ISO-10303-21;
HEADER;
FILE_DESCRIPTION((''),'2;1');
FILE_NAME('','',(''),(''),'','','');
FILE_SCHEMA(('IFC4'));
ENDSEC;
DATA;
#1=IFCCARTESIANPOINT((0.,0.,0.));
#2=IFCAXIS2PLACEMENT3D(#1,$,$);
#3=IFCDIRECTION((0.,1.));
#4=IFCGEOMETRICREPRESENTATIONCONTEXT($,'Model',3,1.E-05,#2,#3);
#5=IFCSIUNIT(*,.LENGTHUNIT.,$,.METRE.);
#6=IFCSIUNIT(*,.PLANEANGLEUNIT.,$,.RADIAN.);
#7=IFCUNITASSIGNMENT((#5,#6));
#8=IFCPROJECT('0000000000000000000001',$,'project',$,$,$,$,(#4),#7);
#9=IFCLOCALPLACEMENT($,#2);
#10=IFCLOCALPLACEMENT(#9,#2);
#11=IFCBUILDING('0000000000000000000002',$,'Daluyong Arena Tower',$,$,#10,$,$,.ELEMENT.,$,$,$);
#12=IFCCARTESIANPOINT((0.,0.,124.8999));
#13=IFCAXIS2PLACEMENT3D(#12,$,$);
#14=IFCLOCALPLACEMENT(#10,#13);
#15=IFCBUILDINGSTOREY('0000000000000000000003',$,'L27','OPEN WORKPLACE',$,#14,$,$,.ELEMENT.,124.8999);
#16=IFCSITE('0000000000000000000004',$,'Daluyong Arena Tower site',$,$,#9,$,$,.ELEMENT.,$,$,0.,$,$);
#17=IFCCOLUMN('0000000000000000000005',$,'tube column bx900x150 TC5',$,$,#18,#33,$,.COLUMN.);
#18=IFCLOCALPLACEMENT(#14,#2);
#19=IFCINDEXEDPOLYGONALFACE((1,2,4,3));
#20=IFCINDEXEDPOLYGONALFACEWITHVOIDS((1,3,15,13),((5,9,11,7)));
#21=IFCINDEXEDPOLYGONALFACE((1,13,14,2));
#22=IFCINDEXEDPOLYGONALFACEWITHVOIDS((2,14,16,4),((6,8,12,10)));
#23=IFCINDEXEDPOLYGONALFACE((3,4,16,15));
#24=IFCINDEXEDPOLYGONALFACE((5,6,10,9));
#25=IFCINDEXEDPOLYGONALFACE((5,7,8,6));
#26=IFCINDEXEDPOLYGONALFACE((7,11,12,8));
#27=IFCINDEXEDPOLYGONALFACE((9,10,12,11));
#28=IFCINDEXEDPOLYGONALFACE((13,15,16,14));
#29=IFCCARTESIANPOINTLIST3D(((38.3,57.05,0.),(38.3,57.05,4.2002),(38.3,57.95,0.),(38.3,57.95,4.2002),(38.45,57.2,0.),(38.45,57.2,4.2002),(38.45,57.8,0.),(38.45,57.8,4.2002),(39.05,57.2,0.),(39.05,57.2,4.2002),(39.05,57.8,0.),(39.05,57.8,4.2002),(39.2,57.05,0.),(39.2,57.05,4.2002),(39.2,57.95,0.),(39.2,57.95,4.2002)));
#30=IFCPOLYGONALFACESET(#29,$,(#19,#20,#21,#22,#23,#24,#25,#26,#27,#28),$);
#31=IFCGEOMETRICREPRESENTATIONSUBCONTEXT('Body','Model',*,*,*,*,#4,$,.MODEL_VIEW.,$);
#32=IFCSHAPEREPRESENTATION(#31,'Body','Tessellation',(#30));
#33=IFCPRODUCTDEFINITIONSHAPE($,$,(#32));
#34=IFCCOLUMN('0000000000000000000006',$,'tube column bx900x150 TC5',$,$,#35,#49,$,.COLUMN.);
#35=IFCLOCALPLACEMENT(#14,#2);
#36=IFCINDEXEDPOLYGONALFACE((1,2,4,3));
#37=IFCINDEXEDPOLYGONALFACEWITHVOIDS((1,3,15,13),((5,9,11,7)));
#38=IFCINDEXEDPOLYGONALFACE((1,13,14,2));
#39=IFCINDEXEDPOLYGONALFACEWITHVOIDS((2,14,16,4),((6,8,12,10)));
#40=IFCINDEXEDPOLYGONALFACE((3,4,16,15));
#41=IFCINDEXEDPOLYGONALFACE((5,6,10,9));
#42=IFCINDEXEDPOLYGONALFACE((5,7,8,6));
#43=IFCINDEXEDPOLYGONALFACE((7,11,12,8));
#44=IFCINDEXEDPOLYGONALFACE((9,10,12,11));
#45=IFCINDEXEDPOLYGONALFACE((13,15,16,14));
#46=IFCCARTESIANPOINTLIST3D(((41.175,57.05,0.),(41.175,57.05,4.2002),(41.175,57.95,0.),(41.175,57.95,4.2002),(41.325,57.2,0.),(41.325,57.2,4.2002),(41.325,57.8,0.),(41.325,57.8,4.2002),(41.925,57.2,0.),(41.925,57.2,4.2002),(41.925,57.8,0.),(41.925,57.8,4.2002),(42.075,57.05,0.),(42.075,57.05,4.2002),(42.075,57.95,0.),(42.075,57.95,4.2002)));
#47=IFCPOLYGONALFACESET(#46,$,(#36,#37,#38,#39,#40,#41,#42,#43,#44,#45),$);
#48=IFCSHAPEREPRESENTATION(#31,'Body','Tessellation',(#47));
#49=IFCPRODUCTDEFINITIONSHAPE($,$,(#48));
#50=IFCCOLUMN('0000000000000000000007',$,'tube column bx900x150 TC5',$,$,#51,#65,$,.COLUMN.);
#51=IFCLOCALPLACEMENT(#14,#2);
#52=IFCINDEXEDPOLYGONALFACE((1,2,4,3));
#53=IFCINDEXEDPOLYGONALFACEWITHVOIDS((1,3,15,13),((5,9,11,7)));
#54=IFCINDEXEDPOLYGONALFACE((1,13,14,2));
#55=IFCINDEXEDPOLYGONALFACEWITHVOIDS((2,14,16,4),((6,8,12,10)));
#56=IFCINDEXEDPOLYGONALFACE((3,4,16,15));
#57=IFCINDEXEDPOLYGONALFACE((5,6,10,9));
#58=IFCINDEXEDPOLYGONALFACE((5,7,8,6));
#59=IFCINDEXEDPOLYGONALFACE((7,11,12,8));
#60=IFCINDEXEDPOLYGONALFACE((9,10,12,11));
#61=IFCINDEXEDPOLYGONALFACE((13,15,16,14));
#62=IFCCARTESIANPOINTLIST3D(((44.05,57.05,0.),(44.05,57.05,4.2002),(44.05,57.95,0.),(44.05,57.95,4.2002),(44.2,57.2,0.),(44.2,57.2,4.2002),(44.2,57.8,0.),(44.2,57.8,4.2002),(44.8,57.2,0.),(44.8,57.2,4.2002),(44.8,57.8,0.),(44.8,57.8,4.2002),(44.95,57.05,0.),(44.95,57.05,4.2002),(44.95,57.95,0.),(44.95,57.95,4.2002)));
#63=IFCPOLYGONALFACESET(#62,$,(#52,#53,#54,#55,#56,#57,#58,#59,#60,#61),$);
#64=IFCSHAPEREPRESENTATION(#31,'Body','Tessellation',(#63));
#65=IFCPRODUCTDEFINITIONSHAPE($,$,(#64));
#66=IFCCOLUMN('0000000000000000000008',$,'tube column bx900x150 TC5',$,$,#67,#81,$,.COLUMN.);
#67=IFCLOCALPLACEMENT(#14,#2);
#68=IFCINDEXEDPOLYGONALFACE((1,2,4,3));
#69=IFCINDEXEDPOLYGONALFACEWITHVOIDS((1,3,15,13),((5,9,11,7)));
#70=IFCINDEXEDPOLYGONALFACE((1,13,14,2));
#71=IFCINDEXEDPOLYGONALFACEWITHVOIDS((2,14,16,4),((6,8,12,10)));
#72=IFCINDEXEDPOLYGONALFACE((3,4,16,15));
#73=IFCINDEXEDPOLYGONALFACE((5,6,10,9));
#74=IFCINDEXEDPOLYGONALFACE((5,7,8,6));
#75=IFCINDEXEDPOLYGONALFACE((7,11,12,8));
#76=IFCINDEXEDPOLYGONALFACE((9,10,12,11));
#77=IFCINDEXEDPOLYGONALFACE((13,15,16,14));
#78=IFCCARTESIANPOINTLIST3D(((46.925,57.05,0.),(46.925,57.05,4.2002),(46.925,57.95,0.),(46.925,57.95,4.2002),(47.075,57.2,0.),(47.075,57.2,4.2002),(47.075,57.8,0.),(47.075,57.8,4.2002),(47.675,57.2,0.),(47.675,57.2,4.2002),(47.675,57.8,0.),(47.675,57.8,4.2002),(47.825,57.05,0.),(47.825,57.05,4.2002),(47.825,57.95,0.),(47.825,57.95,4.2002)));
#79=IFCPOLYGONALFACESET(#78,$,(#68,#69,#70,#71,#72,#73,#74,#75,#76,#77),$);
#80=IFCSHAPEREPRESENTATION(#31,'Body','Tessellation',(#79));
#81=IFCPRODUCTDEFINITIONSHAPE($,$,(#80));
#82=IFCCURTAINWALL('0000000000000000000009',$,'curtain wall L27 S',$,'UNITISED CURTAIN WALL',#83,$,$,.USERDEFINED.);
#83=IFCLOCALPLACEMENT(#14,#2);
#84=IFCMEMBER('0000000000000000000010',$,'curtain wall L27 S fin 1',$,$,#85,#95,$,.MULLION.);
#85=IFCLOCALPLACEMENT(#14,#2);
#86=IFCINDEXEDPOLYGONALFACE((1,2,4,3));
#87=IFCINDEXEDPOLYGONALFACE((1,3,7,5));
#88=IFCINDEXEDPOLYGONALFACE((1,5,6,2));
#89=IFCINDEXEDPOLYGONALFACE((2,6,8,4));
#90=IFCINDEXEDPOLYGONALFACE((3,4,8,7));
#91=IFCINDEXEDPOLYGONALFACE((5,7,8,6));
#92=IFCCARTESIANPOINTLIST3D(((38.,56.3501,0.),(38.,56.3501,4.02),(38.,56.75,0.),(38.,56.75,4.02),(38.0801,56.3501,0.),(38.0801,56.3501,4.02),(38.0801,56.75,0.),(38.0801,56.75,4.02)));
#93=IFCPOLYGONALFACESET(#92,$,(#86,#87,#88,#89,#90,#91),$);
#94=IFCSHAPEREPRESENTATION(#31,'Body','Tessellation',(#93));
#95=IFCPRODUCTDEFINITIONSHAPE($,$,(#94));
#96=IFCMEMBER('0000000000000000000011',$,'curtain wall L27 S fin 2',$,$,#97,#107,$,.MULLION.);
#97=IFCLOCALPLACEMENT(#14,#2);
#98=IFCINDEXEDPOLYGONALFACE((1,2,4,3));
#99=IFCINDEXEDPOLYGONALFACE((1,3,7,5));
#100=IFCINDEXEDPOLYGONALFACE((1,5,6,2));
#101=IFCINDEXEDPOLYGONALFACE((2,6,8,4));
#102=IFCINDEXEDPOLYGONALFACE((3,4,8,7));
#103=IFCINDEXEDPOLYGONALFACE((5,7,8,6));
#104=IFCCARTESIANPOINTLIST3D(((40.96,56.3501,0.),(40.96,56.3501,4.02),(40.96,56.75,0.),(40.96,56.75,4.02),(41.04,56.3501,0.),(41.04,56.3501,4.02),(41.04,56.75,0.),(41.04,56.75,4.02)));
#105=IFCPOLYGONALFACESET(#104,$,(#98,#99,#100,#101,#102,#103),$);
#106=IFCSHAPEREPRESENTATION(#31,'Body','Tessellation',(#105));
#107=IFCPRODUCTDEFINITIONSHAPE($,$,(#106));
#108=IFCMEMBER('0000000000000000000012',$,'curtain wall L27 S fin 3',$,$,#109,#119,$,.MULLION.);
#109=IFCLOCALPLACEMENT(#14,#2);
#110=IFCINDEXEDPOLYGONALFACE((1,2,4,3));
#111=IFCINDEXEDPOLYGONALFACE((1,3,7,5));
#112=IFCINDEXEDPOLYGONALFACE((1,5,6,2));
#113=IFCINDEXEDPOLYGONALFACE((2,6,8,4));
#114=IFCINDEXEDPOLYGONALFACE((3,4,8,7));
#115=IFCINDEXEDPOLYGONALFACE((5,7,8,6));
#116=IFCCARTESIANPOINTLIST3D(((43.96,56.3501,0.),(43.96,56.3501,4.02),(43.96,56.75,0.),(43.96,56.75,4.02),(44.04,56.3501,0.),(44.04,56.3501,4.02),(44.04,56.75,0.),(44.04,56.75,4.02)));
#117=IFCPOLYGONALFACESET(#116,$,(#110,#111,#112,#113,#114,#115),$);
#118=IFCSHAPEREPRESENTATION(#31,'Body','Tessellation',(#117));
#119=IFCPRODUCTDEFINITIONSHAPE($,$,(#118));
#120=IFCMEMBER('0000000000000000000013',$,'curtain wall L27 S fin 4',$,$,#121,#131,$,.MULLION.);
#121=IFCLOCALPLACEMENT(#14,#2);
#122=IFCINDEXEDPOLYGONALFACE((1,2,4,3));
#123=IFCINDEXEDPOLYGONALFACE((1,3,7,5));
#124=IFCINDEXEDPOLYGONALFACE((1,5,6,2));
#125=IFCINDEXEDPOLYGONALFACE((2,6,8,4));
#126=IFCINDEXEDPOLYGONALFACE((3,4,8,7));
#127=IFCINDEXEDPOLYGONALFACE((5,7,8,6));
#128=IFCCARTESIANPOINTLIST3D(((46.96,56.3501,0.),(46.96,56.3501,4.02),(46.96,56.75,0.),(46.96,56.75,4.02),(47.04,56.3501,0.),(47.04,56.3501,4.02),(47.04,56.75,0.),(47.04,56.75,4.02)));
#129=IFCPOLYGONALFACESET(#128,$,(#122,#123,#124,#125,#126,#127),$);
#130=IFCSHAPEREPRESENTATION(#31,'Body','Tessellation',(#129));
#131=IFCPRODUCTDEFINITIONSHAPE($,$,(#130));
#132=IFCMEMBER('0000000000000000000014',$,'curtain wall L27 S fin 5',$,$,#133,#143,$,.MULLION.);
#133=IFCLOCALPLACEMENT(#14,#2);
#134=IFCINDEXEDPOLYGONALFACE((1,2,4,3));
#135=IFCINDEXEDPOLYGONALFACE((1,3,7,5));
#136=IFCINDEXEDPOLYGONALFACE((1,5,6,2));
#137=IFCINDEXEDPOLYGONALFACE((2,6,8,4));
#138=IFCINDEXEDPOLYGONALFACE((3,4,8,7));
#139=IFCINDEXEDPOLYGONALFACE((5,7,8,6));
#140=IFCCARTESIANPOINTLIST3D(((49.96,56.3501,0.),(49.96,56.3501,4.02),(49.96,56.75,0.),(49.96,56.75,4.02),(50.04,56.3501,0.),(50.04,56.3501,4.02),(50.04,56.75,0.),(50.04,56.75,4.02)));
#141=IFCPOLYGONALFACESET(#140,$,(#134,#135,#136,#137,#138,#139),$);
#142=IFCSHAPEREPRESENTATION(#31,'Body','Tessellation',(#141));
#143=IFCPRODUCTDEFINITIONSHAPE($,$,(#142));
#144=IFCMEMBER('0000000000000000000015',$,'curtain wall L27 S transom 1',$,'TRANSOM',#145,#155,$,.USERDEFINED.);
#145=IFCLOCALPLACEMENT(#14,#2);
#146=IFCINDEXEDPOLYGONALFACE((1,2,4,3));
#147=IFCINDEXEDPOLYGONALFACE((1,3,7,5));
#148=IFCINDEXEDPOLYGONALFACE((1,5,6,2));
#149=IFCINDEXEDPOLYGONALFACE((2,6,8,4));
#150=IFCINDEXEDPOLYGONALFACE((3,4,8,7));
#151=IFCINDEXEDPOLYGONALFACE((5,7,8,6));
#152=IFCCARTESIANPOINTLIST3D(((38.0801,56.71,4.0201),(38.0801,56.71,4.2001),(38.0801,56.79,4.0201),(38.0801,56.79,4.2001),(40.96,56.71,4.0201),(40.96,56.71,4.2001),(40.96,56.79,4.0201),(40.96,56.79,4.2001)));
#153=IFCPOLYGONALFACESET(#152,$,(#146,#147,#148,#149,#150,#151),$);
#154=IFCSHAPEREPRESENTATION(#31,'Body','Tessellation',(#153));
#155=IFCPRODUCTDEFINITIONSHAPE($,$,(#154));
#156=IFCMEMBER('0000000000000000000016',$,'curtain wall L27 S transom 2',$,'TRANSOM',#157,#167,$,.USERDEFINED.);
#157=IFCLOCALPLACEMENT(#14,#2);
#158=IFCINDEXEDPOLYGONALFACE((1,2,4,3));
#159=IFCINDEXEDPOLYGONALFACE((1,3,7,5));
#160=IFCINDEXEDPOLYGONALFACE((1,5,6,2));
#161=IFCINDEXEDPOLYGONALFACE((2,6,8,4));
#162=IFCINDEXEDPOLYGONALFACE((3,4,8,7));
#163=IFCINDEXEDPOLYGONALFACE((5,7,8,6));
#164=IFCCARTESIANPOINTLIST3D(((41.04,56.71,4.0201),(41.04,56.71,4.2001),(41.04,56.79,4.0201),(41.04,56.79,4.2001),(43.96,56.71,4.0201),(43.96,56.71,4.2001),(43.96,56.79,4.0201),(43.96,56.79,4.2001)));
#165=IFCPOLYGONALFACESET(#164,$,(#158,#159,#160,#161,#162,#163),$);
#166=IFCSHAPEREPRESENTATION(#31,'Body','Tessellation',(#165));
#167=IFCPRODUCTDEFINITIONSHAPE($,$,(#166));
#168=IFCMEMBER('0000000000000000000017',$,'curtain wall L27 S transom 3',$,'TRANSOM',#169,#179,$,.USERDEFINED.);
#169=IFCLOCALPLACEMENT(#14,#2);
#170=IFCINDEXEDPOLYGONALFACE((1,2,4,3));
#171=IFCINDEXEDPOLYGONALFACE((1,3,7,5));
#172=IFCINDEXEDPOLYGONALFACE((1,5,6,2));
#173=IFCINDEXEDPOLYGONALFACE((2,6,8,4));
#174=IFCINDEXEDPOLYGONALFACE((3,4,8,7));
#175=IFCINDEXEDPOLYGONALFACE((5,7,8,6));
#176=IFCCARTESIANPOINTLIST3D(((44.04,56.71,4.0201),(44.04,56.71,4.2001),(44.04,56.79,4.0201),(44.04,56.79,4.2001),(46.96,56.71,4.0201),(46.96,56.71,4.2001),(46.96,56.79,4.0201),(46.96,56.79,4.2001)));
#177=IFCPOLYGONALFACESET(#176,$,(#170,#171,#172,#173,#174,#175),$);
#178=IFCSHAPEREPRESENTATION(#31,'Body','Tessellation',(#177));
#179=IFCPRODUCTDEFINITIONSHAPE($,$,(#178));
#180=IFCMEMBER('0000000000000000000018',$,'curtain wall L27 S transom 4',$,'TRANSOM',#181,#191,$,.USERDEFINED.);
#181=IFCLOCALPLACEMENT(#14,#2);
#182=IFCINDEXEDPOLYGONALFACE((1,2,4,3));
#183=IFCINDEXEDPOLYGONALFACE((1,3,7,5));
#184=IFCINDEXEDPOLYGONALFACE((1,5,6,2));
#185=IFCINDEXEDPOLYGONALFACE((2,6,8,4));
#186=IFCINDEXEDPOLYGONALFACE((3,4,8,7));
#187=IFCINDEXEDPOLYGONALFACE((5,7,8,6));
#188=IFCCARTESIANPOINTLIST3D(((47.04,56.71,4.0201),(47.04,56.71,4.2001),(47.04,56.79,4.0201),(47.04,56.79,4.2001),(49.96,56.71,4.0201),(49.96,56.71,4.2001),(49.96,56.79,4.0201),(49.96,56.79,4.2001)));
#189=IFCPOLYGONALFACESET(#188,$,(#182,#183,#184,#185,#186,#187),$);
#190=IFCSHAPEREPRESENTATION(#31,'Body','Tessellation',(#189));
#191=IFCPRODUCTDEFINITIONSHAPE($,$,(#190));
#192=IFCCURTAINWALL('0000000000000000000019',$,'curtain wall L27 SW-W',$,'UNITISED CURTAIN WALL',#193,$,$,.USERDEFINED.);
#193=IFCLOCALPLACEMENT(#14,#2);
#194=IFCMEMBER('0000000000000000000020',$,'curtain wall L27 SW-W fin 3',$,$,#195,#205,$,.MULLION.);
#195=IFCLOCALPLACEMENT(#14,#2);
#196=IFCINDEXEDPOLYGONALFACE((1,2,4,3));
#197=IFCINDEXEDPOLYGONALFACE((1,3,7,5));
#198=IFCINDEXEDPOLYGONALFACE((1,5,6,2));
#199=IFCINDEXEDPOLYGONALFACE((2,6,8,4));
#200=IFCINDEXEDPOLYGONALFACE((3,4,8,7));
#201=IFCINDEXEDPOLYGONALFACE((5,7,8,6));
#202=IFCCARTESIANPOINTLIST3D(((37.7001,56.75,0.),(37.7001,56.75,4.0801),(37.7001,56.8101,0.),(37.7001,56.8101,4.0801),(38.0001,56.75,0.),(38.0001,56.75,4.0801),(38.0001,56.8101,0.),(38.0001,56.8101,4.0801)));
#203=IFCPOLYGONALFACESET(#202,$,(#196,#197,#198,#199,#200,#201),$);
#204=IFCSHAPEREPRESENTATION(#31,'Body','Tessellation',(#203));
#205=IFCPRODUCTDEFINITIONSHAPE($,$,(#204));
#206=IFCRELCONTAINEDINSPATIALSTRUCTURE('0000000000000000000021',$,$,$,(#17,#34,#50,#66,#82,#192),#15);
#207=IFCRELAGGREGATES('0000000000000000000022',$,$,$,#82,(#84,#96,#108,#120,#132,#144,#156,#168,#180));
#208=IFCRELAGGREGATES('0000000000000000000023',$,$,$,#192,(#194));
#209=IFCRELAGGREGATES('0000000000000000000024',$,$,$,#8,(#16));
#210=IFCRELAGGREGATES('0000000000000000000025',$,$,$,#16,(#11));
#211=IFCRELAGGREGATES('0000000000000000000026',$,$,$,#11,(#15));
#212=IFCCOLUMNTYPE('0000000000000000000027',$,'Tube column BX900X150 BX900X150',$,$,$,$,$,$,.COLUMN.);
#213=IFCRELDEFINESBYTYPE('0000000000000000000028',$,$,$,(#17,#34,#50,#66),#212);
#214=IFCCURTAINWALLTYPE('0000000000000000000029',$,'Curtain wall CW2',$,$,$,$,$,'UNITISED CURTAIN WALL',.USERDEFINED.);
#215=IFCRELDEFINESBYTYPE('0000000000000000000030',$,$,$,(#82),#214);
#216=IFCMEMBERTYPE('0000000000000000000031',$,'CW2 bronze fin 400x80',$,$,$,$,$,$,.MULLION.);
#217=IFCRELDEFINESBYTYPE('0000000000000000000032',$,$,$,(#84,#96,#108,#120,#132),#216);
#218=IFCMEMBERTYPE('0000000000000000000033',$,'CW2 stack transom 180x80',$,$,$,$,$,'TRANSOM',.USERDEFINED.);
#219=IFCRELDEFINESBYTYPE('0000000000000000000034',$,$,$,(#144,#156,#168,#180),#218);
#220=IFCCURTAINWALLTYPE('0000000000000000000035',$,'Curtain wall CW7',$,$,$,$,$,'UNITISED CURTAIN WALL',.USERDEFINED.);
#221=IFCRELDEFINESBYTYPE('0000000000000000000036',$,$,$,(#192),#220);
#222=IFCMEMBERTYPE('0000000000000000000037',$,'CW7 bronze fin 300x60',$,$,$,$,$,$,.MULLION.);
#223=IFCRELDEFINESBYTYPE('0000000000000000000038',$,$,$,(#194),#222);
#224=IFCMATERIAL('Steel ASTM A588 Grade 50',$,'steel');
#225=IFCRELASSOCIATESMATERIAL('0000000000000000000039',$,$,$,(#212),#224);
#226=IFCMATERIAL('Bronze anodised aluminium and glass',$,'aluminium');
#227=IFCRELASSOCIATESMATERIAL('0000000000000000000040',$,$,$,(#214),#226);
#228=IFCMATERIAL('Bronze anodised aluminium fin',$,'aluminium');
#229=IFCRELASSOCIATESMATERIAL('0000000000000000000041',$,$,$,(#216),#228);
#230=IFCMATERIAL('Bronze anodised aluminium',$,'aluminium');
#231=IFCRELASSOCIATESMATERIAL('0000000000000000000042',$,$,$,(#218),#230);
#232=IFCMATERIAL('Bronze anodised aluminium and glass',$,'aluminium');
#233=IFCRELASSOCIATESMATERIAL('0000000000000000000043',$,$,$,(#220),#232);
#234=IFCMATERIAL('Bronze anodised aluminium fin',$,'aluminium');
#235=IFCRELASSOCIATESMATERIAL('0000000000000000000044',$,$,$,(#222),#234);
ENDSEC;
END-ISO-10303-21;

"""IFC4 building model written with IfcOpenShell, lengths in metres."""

from ifc_helpers import new_model, si_unit, direction, frame, origin, origin_2d, place, context, subcontext, project, spatial, rectangle, hollow_rectangle, extrude, material, material_profile, profile_set, type_object, element, aggregate, save


model = new_model("IFC4")

# Units and contexts
model_context = context("Model", 3, precision=1e-05, world=origin(), true_north=direction((0.0, 1.0)))
body_context = subcontext(model_context, "Body", "Model", "MODEL_VIEW")
ifc_project = project(units=[si_unit("LENGTHUNIT", "METRE"), si_unit("PLANEANGLEUNIT", "RADIAN")], contexts=[model_context])

# Site, building, storey
site_placement = place(None, origin())
site = spatial("IfcSite", under=ifc_project, at=site_placement, Name="Daluyong Arena Tower site", CompositionType="ELEMENT", RefElevation=0.0)
building_placement = place(site_placement, origin())
building = spatial("IfcBuilding", under=site, at=building_placement, Name="Daluyong Arena Tower", CompositionType="ELEMENT")
storey_placement = place(building_placement, frame((0.0, 0.0, 124.8999)))
storey = spatial("IfcBuildingStorey", under=building, at=storey_placement, Name="L27", Description="OPEN WORKPLACE", CompositionType="ELEMENT", Elevation=124.8999)

# Columns
ifc_material_1 = material(Name="Steel ASTM A588 Grade 50", Category="steel")
ifc_material_profile_1 = material_profile(ifc_material_1, hollow_rectangle(XDim=0.8999, YDim=0.8999, WallThickness=0.15, at=origin_2d()))
ifc_profile_set_1 = profile_set([ifc_material_profile_1], Name="Steel ASTM A588 Grade 50")
column_type = type_object("IfcColumnType", Name="Tube column BX900X150 BX900X150", PredefinedType="COLUMN", material=ifc_profile_set_1)
for number, where, z_axis, x_axis, name in (
    (1, (38.75, 57.5, 0.0), (0.0, 0.0, 1.0), (1.0, 0.0, 0.0), "tube column bx900x150 TC5"),
    (2, (41.625, 57.5, 0.0), (0.0, 0.0, 1.0), (1.0, 0.0, 0.0), "tube column bx900x150 TC5"),
    (3, (44.5, 57.5, 0.0), (0.0, 0.0, 1.0), (1.0, 0.0, 0.0), "tube column bx900x150 TC5"),
    (4, (47.375, 57.5, 0.0), (0.0, 0.0, 1.0), (1.0, 0.0, 0.0), "tube column bx900x150 TC5"),
):
    element("IfcColumn", number, at=place(storey_placement, frame(where, z_axis=z_axis, x_axis=x_axis)), inside=storey, type_object=column_type, Name=name, PredefinedType="COLUMN", context=body_context, shape_type="SweptSolid", body=[
        extrude(hollow_rectangle(XDim=0.8999, YDim=0.8999, WallThickness=0.15, at=origin_2d()), origin(), (0.0, 0.0, 1.0), 4.2002),
    ])

# Curtain wall, members
ifc_material_2 = material(Name="Bronze anodised aluminium and glass", Category="aluminium")
curtain_wall_type_1 = type_object("IfcCurtainWallType", Name="Curtain wall CW2", ElementType="UNITISED CURTAIN WALL", PredefinedType="USERDEFINED", material=ifc_material_2)
curtain_wall_1_placement = place(storey_placement, origin())
curtain_wall_1 = element("IfcCurtainWall", 5, at=curtain_wall_1_placement, inside=storey, type_object=curtain_wall_type_1, Name="curtain wall L27 S", ObjectType="UNITISED CURTAIN WALL", PredefinedType="USERDEFINED")
ifc_material_3 = material(Name="Bronze anodised aluminium fin", Category="aluminium")
ifc_material_profile_2 = material_profile(ifc_material_3, rectangle(XDim=0.3999, YDim=0.0801, at=origin_2d()))
ifc_profile_set_2 = profile_set([ifc_material_profile_2], Name="Bronze anodised aluminium fin")
member_type_1 = type_object("IfcMemberType", Name="CW2 bronze fin 400x80", PredefinedType="MULLION", material=ifc_profile_set_2)
member_1_placement = place(storey_placement, frame((38.04, 56.55, 0.0), z_axis=(0.0, 0.0, 1.0), x_axis=(0.0, 1.0, 0.0)))
member_1 = element("IfcMember", 6, at=member_1_placement, type_object=member_type_1, Name="curtain wall L27 S fin 1", PredefinedType="MULLION", context=body_context, shape_type="SweptSolid", body=[
    extrude(rectangle(XDim=0.3999, YDim=0.0801, at=origin_2d()), origin(), (0.0, 0.0, 1.0), 4.02),
])
member_2_placement = place(storey_placement, frame((41.0, 56.55, 0.0), z_axis=(0.0, 0.0, 1.0), x_axis=(0.0, 1.0, 0.0)))
member_2 = element("IfcMember", 7, at=member_2_placement, type_object=member_type_1, Name="curtain wall L27 S fin 2", PredefinedType="MULLION", context=body_context, shape_type="SweptSolid", body=[
    extrude(rectangle(XDim=0.3999, YDim=0.0801, at=origin_2d()), origin(), (0.0, 0.0, 1.0), 4.02),
])
member_3_placement = place(storey_placement, frame((44.0, 56.55, 0.0), z_axis=(0.0, 0.0, 1.0), x_axis=(0.0, 1.0, 0.0)))
member_3 = element("IfcMember", 8, at=member_3_placement, type_object=member_type_1, Name="curtain wall L27 S fin 3", PredefinedType="MULLION", context=body_context, shape_type="SweptSolid", body=[
    extrude(rectangle(XDim=0.3999, YDim=0.0801, at=origin_2d()), origin(), (0.0, 0.0, 1.0), 4.02),
])
member_4_placement = place(storey_placement, frame((47.0, 56.55, 0.0), z_axis=(0.0, 0.0, 1.0), x_axis=(0.0, 1.0, 0.0)))
member_4 = element("IfcMember", 9, at=member_4_placement, type_object=member_type_1, Name="curtain wall L27 S fin 4", PredefinedType="MULLION", context=body_context, shape_type="SweptSolid", body=[
    extrude(rectangle(XDim=0.3999, YDim=0.0801, at=origin_2d()), origin(), (0.0, 0.0, 1.0), 4.02),
])
member_5_placement = place(storey_placement, frame((50.0, 56.55, 0.0), z_axis=(0.0, 0.0, 1.0), x_axis=(0.0, 1.0, 0.0)))
member_5 = element("IfcMember", 10, at=member_5_placement, type_object=member_type_1, Name="curtain wall L27 S fin 5", PredefinedType="MULLION", context=body_context, shape_type="SweptSolid", body=[
    extrude(rectangle(XDim=0.3999, YDim=0.0801, at=origin_2d()), origin(), (0.0, 0.0, 1.0), 4.02),
])
ifc_material_4 = material(Name="Bronze anodised aluminium", Category="aluminium")
ifc_material_profile_3 = material_profile(ifc_material_4, rectangle(XDim=0.0801, YDim=0.1799, at=origin_2d()))
ifc_profile_set_3 = profile_set([ifc_material_profile_3], Name="Bronze anodised aluminium")
member_type_2 = type_object("IfcMemberType", Name="CW2 stack transom 180x80", ElementType="TRANSOM", PredefinedType="USERDEFINED", material=ifc_profile_set_3)
member_6_placement = place(storey_placement, frame((38.0801, 56.75, 4.1101), z_axis=(1.0, 0.0, 0.0), x_axis=(0.0, 1.0, 0.0)))
member_6 = element("IfcMember", 11, at=member_6_placement, type_object=member_type_2, Name="curtain wall L27 S transom 1", ObjectType="TRANSOM", PredefinedType="USERDEFINED", context=body_context, shape_type="SweptSolid", body=[
    extrude(rectangle(XDim=0.0801, YDim=0.1799, at=origin_2d()), origin(), (0.0, 0.0, 1.0), 2.8799),
])
member_7_placement = place(storey_placement, frame((41.04, 56.75, 4.1101), z_axis=(1.0, 0.0, 0.0), x_axis=(0.0, 1.0, 0.0)))
member_7 = element("IfcMember", 12, at=member_7_placement, type_object=member_type_2, Name="curtain wall L27 S transom 2", ObjectType="TRANSOM", PredefinedType="USERDEFINED", context=body_context, shape_type="SweptSolid", body=[
    extrude(rectangle(XDim=0.0801, YDim=0.1799, at=origin_2d()), origin(), (0.0, 0.0, 1.0), 2.9199),
])
member_8_placement = place(storey_placement, frame((44.04, 56.75, 4.1101), z_axis=(1.0, 0.0, 0.0), x_axis=(0.0, 1.0, 0.0)))
member_8 = element("IfcMember", 13, at=member_8_placement, type_object=member_type_2, Name="curtain wall L27 S transom 3", ObjectType="TRANSOM", PredefinedType="USERDEFINED", context=body_context, shape_type="SweptSolid", body=[
    extrude(rectangle(XDim=0.0801, YDim=0.1799, at=origin_2d()), origin(), (0.0, 0.0, 1.0), 2.9199),
])
member_9_placement = place(storey_placement, frame((47.04, 56.75, 4.1101), z_axis=(1.0, 0.0, 0.0), x_axis=(0.0, 1.0, 0.0)))
member_9 = element("IfcMember", 14, at=member_9_placement, type_object=member_type_2, Name="curtain wall L27 S transom 4", ObjectType="TRANSOM", PredefinedType="USERDEFINED", context=body_context, shape_type="SweptSolid", body=[
    extrude(rectangle(XDim=0.0801, YDim=0.1799, at=origin_2d()), origin(), (0.0, 0.0, 1.0), 2.9199),
])

# Curtain wall, member
ifc_material_5 = material(Name="Bronze anodised aluminium and glass", Category="aluminium")
curtain_wall_type_2 = type_object("IfcCurtainWallType", Name="Curtain wall CW7", ElementType="UNITISED CURTAIN WALL", PredefinedType="USERDEFINED", material=ifc_material_5)
curtain_wall_2_placement = place(storey_placement, origin())
curtain_wall_2 = element("IfcCurtainWall", 15, at=curtain_wall_2_placement, inside=storey, type_object=curtain_wall_type_2, Name="curtain wall L27 SW-W", ObjectType="UNITISED CURTAIN WALL", PredefinedType="USERDEFINED")
ifc_material_6 = material(Name="Bronze anodised aluminium fin", Category="aluminium")
ifc_material_profile_4 = material_profile(ifc_material_6, rectangle(XDim=0.3, YDim=0.0601, at=origin_2d()))
ifc_profile_set_4 = profile_set([ifc_material_profile_4], Name="Bronze anodised aluminium fin")
member_type_3 = type_object("IfcMemberType", Name="CW7 bronze fin 300x60", PredefinedType="MULLION", material=ifc_profile_set_4)
member_10_placement = place(storey_placement, frame((37.8501, 56.78, 0.0), z_axis=(0.0, 0.0, 1.0), x_axis=(1.0, 0.0, 0.0)))
member_10 = element("IfcMember", 16, at=member_10_placement, type_object=member_type_3, Name="curtain wall L27 SW-W fin 3", PredefinedType="MULLION", context=body_context, shape_type="SweptSolid", body=[
    extrude(rectangle(XDim=0.3, YDim=0.0601, at=origin_2d()), origin(), (0.0, 0.0, 1.0), 4.0801),
])

aggregate(curtain_wall_1, [member_1, member_2, member_3, member_4, member_5, member_6, member_7, member_8, member_9])
aggregate(curtain_wall_2, [member_10])

save(model, "model.ifc")
